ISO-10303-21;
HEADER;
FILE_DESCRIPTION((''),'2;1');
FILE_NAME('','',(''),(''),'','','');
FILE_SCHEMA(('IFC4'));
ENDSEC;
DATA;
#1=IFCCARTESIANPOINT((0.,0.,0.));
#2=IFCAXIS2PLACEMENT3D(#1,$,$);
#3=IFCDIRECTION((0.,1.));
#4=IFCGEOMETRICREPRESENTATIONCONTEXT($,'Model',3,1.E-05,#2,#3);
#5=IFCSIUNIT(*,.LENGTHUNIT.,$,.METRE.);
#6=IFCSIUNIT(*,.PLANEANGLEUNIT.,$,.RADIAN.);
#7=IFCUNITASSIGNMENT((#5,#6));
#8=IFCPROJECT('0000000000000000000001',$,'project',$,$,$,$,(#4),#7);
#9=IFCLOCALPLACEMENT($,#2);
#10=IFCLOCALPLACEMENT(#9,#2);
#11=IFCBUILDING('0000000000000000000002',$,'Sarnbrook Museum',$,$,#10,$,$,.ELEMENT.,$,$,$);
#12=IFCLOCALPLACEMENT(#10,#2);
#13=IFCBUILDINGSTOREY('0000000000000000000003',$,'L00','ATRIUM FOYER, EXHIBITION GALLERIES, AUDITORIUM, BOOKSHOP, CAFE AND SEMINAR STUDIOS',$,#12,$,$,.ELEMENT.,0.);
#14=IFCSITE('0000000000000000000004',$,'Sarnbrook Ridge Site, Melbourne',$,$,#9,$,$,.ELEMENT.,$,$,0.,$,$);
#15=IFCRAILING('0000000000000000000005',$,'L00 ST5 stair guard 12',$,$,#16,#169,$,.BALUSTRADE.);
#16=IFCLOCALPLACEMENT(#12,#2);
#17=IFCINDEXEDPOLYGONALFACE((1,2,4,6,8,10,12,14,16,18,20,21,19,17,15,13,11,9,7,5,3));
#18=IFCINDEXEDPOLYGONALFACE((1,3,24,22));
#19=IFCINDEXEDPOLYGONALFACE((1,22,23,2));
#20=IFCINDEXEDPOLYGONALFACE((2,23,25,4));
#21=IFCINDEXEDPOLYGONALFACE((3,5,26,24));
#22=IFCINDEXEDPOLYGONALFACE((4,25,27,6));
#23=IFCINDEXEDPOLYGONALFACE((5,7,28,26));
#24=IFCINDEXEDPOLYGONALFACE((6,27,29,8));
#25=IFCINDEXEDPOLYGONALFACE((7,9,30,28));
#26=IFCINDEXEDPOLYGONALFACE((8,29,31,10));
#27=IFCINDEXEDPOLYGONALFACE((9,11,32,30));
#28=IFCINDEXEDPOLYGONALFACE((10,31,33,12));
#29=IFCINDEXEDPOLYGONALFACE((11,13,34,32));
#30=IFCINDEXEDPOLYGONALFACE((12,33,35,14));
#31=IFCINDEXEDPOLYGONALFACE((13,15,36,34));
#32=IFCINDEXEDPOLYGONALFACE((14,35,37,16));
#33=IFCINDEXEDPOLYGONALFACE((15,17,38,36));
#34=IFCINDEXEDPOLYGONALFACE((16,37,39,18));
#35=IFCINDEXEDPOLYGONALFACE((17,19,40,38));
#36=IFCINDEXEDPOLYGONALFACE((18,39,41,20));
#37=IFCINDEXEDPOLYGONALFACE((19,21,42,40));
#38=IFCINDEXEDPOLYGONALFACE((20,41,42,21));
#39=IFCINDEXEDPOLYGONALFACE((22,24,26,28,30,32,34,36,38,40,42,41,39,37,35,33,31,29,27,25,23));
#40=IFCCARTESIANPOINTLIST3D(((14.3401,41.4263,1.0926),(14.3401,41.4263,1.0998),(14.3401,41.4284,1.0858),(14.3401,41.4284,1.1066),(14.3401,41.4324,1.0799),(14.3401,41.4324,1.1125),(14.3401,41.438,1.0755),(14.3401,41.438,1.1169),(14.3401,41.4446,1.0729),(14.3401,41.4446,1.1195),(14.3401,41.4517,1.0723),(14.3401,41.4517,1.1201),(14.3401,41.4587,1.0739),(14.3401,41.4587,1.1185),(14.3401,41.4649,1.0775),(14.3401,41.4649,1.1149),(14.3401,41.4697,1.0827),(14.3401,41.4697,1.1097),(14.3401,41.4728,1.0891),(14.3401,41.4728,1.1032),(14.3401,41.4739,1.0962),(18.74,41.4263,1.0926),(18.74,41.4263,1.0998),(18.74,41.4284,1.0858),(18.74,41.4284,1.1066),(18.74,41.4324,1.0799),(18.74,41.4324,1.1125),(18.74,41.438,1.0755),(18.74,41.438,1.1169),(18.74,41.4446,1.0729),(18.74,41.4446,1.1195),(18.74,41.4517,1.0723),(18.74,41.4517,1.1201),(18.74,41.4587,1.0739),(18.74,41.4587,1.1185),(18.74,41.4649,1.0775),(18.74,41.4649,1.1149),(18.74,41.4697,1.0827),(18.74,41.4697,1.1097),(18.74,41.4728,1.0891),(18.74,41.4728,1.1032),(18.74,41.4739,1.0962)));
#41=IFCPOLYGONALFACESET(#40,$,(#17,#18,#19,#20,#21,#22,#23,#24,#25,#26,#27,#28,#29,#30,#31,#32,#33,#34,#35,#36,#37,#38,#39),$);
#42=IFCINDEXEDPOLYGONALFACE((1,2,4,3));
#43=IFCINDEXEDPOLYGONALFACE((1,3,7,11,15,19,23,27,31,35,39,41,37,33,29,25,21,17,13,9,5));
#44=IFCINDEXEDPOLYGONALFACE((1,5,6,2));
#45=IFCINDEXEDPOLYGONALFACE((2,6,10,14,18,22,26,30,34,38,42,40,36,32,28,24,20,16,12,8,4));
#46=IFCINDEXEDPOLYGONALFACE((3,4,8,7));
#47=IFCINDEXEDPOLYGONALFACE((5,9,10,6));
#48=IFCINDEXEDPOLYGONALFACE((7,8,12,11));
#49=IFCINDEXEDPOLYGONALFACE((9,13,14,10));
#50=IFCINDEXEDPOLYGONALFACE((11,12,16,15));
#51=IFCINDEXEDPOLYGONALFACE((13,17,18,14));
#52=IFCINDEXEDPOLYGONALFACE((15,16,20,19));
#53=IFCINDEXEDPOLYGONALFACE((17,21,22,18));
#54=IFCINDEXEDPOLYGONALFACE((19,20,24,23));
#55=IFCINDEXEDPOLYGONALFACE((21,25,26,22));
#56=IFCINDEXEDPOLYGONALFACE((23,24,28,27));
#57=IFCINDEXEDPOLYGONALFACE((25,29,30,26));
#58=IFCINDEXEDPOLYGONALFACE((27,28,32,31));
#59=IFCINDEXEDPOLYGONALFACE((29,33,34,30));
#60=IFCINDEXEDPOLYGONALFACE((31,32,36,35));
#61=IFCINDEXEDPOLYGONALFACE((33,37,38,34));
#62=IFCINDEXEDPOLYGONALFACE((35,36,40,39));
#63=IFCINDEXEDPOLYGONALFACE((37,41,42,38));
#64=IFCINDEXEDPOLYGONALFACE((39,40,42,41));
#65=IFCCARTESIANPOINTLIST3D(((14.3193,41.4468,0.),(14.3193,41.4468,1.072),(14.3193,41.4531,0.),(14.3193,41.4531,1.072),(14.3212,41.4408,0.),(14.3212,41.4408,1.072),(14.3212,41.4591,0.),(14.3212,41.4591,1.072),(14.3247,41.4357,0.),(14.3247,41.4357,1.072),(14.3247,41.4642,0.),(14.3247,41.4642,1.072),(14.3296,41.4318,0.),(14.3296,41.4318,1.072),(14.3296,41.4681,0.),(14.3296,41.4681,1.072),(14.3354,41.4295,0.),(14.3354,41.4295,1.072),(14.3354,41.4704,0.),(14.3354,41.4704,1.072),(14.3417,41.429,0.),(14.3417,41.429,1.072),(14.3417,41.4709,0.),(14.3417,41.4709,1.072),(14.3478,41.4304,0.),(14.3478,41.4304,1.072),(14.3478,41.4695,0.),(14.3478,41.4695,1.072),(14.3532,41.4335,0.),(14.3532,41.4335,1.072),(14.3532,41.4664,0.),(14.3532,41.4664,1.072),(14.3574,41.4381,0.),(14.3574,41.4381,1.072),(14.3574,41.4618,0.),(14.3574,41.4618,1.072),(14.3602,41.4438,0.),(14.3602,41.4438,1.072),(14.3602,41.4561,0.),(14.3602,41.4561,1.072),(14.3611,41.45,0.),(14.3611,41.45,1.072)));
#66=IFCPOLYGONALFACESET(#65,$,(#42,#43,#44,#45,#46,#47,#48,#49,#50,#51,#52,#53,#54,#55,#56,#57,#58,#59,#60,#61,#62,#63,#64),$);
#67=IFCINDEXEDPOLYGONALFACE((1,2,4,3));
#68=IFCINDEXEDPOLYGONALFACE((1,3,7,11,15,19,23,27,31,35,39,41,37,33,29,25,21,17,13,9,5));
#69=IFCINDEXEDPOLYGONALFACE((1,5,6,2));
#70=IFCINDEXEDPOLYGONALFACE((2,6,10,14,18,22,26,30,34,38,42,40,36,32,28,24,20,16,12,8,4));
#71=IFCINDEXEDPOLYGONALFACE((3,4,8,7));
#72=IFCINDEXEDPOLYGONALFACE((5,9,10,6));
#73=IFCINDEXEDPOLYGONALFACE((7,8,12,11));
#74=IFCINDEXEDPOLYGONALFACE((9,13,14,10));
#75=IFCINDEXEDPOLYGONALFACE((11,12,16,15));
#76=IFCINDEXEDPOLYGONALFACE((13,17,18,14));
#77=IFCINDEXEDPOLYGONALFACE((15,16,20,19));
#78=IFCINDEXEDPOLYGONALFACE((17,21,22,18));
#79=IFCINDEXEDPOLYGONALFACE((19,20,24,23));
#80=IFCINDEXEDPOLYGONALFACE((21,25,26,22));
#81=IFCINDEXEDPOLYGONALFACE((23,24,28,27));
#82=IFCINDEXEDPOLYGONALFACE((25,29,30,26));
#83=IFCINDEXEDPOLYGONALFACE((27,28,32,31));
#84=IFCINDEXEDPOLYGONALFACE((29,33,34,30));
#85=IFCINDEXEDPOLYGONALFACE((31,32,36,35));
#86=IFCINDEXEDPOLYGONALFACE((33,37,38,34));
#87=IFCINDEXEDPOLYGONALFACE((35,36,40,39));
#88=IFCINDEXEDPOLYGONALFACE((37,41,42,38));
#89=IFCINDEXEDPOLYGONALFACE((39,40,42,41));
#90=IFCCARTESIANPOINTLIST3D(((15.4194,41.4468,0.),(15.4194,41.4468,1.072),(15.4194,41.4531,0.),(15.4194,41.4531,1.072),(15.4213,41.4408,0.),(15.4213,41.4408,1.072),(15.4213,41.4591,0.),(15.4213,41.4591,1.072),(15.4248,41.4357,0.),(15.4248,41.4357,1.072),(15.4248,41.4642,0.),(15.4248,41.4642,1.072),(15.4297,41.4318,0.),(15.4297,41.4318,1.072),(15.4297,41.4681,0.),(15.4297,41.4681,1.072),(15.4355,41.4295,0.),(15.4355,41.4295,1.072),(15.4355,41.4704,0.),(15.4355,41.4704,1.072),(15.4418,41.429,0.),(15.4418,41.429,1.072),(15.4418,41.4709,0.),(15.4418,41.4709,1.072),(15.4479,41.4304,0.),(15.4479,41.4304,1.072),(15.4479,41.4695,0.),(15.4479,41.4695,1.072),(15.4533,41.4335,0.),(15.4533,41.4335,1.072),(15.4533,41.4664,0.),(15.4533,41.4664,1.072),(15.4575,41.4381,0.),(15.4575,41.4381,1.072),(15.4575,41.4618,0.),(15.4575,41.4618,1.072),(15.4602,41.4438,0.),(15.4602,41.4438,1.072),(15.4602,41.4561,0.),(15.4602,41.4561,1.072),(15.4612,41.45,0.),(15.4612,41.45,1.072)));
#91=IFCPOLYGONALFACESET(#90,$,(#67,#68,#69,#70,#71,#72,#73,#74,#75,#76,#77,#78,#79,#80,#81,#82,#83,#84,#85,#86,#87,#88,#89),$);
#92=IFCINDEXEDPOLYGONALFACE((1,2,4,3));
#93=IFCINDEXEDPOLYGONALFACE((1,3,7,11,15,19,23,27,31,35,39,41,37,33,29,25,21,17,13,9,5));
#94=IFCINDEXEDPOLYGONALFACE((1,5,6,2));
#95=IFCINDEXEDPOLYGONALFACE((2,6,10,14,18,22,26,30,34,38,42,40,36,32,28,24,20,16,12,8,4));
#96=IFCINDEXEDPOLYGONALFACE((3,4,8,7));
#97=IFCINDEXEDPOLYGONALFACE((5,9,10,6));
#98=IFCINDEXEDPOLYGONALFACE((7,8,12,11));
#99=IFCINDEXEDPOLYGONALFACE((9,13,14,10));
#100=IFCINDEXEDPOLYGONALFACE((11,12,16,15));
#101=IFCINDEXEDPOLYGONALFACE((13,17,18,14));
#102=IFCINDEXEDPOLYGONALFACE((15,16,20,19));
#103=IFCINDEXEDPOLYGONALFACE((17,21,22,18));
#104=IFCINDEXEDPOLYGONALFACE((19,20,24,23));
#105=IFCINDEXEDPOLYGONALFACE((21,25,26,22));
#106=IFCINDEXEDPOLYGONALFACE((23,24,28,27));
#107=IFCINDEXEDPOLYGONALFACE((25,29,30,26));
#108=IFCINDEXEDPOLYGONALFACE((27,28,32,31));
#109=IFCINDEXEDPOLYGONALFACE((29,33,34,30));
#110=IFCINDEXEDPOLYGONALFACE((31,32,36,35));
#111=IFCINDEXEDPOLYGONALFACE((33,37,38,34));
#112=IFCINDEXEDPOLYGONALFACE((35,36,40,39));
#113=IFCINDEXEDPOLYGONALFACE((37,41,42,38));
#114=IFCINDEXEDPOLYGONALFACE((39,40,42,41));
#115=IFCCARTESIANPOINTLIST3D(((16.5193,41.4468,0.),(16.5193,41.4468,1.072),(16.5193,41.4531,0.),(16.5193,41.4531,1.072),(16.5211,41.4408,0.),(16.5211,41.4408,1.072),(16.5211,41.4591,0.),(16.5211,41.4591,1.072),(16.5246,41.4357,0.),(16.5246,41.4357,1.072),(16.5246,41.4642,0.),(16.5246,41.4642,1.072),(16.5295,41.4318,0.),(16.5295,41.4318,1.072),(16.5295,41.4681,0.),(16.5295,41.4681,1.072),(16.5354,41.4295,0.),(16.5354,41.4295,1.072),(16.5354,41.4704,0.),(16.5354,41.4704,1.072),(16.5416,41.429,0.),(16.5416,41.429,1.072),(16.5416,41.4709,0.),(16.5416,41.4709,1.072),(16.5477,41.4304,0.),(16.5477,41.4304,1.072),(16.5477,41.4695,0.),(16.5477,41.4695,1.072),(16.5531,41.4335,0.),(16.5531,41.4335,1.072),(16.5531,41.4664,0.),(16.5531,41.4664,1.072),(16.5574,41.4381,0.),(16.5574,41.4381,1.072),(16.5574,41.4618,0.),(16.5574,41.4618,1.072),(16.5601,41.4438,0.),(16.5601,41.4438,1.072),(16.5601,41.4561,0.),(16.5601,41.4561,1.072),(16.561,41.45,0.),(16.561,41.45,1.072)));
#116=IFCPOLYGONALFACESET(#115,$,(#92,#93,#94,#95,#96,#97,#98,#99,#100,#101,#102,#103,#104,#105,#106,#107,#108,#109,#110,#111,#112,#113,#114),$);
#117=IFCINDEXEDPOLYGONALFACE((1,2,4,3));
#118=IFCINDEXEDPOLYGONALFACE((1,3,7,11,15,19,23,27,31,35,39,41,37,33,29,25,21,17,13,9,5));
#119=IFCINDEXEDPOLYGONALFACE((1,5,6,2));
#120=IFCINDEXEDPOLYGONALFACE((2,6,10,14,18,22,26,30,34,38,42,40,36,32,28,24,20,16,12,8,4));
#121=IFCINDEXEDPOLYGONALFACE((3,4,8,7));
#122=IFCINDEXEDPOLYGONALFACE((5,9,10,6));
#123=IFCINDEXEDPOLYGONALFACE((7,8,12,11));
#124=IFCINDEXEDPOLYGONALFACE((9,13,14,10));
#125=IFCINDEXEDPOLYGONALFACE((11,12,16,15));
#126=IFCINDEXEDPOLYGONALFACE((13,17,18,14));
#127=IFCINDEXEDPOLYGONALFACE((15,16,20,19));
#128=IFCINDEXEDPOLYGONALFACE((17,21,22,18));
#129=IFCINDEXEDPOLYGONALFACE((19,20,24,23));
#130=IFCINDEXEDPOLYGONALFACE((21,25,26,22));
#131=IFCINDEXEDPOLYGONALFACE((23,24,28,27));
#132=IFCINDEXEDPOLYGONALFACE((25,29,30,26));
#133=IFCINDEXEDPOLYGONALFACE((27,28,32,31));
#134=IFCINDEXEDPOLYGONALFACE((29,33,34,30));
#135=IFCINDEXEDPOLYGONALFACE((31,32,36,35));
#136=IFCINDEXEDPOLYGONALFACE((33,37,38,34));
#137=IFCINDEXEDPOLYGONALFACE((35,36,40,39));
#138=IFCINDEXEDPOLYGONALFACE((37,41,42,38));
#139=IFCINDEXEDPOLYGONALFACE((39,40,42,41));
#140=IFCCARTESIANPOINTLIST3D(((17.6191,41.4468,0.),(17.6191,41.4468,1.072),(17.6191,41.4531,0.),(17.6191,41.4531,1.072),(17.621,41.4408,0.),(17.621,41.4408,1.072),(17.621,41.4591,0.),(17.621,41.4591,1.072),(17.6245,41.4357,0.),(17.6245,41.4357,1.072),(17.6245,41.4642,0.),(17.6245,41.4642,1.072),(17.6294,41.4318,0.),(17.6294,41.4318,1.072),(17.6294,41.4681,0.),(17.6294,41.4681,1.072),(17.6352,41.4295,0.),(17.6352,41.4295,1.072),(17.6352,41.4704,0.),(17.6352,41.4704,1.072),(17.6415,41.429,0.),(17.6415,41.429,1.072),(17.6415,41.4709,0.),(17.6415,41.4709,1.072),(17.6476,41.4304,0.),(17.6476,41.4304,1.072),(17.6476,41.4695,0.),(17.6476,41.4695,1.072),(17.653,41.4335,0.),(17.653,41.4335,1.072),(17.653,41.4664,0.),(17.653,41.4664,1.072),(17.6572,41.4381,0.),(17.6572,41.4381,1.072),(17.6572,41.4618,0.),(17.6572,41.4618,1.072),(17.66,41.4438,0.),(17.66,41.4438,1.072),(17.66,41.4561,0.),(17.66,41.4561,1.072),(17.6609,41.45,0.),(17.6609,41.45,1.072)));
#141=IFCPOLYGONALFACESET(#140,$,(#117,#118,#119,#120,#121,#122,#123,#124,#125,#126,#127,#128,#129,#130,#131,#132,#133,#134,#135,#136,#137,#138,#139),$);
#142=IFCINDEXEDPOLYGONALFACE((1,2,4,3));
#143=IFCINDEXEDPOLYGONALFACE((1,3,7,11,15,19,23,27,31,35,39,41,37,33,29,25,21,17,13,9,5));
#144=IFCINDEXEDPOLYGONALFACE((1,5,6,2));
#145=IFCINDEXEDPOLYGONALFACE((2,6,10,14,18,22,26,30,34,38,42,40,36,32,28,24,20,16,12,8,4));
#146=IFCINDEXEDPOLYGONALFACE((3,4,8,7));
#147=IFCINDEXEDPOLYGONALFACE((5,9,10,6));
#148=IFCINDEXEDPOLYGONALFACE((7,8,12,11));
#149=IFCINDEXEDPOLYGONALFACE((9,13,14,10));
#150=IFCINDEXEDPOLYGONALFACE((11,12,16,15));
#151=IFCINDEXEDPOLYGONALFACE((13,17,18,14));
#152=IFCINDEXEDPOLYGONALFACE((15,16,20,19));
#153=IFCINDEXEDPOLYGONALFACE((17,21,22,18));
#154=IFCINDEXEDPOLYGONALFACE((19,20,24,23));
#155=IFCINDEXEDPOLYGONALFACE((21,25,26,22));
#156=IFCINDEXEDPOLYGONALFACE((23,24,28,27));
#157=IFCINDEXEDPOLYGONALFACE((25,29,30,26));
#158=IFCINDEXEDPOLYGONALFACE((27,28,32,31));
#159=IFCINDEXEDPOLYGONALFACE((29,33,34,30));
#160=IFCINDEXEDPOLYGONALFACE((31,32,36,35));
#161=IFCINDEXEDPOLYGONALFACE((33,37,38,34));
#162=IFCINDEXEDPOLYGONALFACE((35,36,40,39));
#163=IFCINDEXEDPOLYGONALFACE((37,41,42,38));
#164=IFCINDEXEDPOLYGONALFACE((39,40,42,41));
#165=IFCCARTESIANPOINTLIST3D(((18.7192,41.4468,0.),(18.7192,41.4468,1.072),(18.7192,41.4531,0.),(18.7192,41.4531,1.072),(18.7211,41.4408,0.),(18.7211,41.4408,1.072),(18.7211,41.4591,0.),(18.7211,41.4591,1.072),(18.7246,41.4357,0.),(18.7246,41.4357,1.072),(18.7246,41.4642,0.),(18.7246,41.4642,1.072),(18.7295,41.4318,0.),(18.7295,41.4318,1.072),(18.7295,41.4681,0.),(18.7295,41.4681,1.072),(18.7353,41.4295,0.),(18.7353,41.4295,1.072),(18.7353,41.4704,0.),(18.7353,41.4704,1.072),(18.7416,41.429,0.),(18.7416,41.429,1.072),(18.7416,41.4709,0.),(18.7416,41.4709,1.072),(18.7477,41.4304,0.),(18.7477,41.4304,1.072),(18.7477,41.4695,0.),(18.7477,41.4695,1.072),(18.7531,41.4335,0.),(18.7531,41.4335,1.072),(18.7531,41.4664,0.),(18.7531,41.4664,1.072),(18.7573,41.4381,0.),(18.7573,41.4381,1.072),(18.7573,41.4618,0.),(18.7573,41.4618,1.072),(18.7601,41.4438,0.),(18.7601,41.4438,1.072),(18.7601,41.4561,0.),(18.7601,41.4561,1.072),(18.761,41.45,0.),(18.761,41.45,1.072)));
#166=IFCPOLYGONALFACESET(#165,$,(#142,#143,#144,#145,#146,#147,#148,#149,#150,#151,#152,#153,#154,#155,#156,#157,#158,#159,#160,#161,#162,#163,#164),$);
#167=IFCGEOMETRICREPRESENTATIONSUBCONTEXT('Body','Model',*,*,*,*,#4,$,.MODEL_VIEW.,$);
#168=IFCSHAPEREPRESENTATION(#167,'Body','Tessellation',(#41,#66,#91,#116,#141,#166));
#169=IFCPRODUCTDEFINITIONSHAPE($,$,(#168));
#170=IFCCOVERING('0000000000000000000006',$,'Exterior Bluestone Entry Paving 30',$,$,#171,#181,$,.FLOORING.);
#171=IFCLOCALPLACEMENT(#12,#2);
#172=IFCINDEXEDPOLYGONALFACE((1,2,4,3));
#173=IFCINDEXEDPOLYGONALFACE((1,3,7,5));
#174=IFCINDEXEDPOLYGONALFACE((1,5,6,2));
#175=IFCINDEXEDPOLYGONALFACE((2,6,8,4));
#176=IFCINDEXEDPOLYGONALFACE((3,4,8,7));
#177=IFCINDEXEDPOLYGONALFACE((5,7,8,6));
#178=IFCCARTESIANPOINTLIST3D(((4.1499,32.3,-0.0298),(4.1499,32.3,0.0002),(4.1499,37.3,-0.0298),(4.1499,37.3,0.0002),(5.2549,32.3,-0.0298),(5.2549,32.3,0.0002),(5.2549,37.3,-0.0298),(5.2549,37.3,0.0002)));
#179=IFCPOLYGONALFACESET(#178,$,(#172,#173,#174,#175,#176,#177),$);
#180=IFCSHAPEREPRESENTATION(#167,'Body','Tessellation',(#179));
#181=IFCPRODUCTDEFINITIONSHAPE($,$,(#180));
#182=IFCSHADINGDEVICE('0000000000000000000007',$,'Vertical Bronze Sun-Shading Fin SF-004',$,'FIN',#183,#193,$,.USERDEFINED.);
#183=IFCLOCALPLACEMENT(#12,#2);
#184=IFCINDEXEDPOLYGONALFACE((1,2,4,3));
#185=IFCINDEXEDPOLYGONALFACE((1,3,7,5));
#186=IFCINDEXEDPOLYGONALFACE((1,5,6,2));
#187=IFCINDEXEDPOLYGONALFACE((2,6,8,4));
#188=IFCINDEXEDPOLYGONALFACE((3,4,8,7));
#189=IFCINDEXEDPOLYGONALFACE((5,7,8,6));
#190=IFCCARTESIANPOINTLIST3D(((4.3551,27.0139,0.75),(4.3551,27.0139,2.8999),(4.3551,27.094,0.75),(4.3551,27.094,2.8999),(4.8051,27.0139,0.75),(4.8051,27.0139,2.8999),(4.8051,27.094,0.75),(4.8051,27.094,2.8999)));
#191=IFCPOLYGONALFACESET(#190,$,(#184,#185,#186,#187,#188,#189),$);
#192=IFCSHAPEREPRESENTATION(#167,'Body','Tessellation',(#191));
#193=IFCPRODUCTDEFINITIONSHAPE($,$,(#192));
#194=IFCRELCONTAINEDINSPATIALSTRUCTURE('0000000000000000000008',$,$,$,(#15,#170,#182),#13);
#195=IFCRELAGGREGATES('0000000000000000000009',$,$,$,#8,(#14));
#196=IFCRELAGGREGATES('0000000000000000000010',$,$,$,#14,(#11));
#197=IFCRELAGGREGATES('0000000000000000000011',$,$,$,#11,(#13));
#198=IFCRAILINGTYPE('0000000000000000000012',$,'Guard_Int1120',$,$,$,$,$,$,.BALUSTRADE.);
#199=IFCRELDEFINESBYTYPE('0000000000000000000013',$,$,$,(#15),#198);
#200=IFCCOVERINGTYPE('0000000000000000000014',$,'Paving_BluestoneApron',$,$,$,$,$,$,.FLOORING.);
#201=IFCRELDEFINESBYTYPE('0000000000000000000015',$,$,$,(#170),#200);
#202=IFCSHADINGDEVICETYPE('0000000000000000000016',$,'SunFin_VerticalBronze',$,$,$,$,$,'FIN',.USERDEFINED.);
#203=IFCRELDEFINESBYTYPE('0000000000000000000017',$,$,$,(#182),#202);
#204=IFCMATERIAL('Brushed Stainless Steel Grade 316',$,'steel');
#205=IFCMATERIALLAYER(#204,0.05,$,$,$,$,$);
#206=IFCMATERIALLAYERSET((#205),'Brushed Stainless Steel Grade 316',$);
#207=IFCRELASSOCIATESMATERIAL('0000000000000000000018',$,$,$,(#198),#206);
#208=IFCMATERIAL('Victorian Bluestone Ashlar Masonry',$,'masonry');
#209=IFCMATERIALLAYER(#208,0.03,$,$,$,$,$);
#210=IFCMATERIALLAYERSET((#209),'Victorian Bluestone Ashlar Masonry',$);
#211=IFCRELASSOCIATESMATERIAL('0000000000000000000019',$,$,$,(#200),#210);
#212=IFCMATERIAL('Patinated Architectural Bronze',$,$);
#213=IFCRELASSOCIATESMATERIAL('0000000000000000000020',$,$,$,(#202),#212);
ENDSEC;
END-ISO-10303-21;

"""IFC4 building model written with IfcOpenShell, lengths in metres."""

from ifc_helpers import new_model, si_unit, direction, frame, origin, origin_2d, place, context, subcontext, project, spatial, rectangle, circle, extrude, material, layer, layer_set, type_object, element, save


model = new_model("IFC4")

# Units and contexts
model_context = context("Model", 3, precision=1e-05, world=origin(), true_north=direction((0.0, 1.0)))
body_context = subcontext(model_context, "Body", "Model", "MODEL_VIEW")
ifc_project = project(units=[si_unit("LENGTHUNIT", "METRE"), si_unit("PLANEANGLEUNIT", "RADIAN")], contexts=[model_context])

# Site, building, storey
site_placement = place(None, origin())
site = spatial("IfcSite", under=ifc_project, at=site_placement, Name="Sarnbrook Ridge Site, Melbourne", CompositionType="ELEMENT", RefElevation=0.0)
building_placement = place(site_placement, origin())
building = spatial("IfcBuilding", under=site, at=building_placement, Name="Sarnbrook Museum", CompositionType="ELEMENT")
storey_placement = place(building_placement, origin())
storey = spatial("IfcBuildingStorey", under=building, at=storey_placement, Name="L00", Description="ATRIUM FOYER, EXHIBITION GALLERIES, AUDITORIUM, BOOKSHOP, CAFE AND SEMINAR STUDIOS", CompositionType="ELEMENT", Elevation=0.0)

# Shared definitions
ifc_material_1 = material(Name="Brushed Stainless Steel Grade 316", Category="steel")

# Shared definitions
ifc_material_2 = material(Name="Patinated Architectural Bronze")

# Railing
ifc_layer_1 = layer(ifc_material_1, 0.05)
ifc_layer_set_1 = layer_set([ifc_layer_1], Name="Brushed Stainless Steel Grade 316")
railing_type = type_object("IfcRailingType", Name="Guard_Int1120", PredefinedType="BALUSTRADE", material=ifc_layer_set_1)
railing_placement = place(storey_placement, frame((14.3401, 41.45, 0.0)))
element("IfcRailing", 1, at=railing_placement, inside=storey, type_object=railing_type, Name="L00 ST5 stair guard 12", PredefinedType="BALUSTRADE", context=body_context, shape_type="SweptSolid", body=[
    extrude(circle(Radius=0.0239, at=origin_2d()), frame((0.0, 0.0, 1.0962), z_axis=(1.0, 0.0, 0.0), x_axis=(0.0, 1.0, 0.0)), (0.0, 0.0, 1.0), 4.3999),
    extrude(circle(Radius=0.021, at=origin_2d()), origin(), (0.0, 0.0, 1.0), 1.072),
    extrude(circle(Radius=0.021, at=origin_2d()), frame((1.1001, 0.0, 0.0)), (0.0, 0.0, 1.0), 1.072),
    extrude(circle(Radius=0.021, at=origin_2d()), frame((2.2, 0.0, 0.0)), (0.0, 0.0, 1.0), 1.072),
    extrude(circle(Radius=0.021, at=origin_2d()), frame((3.2998, 0.0, 0.0)), (0.0, 0.0, 1.0), 1.072),
    extrude(circle(Radius=0.021, at=origin_2d()), frame((4.3999, 0.0, 0.0)), (0.0, 0.0, 1.0), 1.072),
])

# Covering
ifc_material_3 = material(Name="Victorian Bluestone Ashlar Masonry", Category="masonry")
ifc_layer_2 = layer(ifc_material_3, 0.03)
ifc_layer_set_2 = layer_set([ifc_layer_2], Name="Victorian Bluestone Ashlar Masonry")
covering_type = type_object("IfcCoveringType", Name="Paving_BluestoneApron", PredefinedType="FLOORING", material=ifc_layer_set_2)
covering_placement = place(storey_placement, frame((4.7024, 34.8, -0.0298), z_axis=(0.0, 0.0, 1.0), x_axis=(1.0, 0.0, 0.0)))
element("IfcCovering", 2, at=covering_placement, inside=storey, type_object=covering_type, Name="Exterior Bluestone Entry Paving 30", PredefinedType="FLOORING", context=body_context, shape_type="SweptSolid", body=[
    extrude(rectangle(XDim=1.105, YDim=5.0, at=origin_2d()), origin(), (0.0, 0.0, 1.0), 0.03),
])

# Shading device
shading_device_type_1 = type_object("IfcShadingDeviceType", Name="SunFin_VerticalBronze", ElementType="FIN", PredefinedType="USERDEFINED", material=ifc_material_2)
shading_device_1_placement = place(storey_placement, frame((4.5801, 27.054, 0.75), z_axis=(0.0, 0.0, 1.0), x_axis=(1.0, 0.0, 0.0)))
element("IfcShadingDevice", 3, at=shading_device_1_placement, inside=storey, type_object=shading_device_type_1, Name="Vertical Bronze Sun-Shading Fin SF-004", ObjectType="FIN", PredefinedType="USERDEFINED", context=body_context, shape_type="SweptSolid", body=[
    extrude(rectangle(XDim=0.45, YDim=0.0801, at=origin_2d()), origin(), (0.0, 0.0, 1.0), 2.1499),
])

save(model, "model.ifc")
